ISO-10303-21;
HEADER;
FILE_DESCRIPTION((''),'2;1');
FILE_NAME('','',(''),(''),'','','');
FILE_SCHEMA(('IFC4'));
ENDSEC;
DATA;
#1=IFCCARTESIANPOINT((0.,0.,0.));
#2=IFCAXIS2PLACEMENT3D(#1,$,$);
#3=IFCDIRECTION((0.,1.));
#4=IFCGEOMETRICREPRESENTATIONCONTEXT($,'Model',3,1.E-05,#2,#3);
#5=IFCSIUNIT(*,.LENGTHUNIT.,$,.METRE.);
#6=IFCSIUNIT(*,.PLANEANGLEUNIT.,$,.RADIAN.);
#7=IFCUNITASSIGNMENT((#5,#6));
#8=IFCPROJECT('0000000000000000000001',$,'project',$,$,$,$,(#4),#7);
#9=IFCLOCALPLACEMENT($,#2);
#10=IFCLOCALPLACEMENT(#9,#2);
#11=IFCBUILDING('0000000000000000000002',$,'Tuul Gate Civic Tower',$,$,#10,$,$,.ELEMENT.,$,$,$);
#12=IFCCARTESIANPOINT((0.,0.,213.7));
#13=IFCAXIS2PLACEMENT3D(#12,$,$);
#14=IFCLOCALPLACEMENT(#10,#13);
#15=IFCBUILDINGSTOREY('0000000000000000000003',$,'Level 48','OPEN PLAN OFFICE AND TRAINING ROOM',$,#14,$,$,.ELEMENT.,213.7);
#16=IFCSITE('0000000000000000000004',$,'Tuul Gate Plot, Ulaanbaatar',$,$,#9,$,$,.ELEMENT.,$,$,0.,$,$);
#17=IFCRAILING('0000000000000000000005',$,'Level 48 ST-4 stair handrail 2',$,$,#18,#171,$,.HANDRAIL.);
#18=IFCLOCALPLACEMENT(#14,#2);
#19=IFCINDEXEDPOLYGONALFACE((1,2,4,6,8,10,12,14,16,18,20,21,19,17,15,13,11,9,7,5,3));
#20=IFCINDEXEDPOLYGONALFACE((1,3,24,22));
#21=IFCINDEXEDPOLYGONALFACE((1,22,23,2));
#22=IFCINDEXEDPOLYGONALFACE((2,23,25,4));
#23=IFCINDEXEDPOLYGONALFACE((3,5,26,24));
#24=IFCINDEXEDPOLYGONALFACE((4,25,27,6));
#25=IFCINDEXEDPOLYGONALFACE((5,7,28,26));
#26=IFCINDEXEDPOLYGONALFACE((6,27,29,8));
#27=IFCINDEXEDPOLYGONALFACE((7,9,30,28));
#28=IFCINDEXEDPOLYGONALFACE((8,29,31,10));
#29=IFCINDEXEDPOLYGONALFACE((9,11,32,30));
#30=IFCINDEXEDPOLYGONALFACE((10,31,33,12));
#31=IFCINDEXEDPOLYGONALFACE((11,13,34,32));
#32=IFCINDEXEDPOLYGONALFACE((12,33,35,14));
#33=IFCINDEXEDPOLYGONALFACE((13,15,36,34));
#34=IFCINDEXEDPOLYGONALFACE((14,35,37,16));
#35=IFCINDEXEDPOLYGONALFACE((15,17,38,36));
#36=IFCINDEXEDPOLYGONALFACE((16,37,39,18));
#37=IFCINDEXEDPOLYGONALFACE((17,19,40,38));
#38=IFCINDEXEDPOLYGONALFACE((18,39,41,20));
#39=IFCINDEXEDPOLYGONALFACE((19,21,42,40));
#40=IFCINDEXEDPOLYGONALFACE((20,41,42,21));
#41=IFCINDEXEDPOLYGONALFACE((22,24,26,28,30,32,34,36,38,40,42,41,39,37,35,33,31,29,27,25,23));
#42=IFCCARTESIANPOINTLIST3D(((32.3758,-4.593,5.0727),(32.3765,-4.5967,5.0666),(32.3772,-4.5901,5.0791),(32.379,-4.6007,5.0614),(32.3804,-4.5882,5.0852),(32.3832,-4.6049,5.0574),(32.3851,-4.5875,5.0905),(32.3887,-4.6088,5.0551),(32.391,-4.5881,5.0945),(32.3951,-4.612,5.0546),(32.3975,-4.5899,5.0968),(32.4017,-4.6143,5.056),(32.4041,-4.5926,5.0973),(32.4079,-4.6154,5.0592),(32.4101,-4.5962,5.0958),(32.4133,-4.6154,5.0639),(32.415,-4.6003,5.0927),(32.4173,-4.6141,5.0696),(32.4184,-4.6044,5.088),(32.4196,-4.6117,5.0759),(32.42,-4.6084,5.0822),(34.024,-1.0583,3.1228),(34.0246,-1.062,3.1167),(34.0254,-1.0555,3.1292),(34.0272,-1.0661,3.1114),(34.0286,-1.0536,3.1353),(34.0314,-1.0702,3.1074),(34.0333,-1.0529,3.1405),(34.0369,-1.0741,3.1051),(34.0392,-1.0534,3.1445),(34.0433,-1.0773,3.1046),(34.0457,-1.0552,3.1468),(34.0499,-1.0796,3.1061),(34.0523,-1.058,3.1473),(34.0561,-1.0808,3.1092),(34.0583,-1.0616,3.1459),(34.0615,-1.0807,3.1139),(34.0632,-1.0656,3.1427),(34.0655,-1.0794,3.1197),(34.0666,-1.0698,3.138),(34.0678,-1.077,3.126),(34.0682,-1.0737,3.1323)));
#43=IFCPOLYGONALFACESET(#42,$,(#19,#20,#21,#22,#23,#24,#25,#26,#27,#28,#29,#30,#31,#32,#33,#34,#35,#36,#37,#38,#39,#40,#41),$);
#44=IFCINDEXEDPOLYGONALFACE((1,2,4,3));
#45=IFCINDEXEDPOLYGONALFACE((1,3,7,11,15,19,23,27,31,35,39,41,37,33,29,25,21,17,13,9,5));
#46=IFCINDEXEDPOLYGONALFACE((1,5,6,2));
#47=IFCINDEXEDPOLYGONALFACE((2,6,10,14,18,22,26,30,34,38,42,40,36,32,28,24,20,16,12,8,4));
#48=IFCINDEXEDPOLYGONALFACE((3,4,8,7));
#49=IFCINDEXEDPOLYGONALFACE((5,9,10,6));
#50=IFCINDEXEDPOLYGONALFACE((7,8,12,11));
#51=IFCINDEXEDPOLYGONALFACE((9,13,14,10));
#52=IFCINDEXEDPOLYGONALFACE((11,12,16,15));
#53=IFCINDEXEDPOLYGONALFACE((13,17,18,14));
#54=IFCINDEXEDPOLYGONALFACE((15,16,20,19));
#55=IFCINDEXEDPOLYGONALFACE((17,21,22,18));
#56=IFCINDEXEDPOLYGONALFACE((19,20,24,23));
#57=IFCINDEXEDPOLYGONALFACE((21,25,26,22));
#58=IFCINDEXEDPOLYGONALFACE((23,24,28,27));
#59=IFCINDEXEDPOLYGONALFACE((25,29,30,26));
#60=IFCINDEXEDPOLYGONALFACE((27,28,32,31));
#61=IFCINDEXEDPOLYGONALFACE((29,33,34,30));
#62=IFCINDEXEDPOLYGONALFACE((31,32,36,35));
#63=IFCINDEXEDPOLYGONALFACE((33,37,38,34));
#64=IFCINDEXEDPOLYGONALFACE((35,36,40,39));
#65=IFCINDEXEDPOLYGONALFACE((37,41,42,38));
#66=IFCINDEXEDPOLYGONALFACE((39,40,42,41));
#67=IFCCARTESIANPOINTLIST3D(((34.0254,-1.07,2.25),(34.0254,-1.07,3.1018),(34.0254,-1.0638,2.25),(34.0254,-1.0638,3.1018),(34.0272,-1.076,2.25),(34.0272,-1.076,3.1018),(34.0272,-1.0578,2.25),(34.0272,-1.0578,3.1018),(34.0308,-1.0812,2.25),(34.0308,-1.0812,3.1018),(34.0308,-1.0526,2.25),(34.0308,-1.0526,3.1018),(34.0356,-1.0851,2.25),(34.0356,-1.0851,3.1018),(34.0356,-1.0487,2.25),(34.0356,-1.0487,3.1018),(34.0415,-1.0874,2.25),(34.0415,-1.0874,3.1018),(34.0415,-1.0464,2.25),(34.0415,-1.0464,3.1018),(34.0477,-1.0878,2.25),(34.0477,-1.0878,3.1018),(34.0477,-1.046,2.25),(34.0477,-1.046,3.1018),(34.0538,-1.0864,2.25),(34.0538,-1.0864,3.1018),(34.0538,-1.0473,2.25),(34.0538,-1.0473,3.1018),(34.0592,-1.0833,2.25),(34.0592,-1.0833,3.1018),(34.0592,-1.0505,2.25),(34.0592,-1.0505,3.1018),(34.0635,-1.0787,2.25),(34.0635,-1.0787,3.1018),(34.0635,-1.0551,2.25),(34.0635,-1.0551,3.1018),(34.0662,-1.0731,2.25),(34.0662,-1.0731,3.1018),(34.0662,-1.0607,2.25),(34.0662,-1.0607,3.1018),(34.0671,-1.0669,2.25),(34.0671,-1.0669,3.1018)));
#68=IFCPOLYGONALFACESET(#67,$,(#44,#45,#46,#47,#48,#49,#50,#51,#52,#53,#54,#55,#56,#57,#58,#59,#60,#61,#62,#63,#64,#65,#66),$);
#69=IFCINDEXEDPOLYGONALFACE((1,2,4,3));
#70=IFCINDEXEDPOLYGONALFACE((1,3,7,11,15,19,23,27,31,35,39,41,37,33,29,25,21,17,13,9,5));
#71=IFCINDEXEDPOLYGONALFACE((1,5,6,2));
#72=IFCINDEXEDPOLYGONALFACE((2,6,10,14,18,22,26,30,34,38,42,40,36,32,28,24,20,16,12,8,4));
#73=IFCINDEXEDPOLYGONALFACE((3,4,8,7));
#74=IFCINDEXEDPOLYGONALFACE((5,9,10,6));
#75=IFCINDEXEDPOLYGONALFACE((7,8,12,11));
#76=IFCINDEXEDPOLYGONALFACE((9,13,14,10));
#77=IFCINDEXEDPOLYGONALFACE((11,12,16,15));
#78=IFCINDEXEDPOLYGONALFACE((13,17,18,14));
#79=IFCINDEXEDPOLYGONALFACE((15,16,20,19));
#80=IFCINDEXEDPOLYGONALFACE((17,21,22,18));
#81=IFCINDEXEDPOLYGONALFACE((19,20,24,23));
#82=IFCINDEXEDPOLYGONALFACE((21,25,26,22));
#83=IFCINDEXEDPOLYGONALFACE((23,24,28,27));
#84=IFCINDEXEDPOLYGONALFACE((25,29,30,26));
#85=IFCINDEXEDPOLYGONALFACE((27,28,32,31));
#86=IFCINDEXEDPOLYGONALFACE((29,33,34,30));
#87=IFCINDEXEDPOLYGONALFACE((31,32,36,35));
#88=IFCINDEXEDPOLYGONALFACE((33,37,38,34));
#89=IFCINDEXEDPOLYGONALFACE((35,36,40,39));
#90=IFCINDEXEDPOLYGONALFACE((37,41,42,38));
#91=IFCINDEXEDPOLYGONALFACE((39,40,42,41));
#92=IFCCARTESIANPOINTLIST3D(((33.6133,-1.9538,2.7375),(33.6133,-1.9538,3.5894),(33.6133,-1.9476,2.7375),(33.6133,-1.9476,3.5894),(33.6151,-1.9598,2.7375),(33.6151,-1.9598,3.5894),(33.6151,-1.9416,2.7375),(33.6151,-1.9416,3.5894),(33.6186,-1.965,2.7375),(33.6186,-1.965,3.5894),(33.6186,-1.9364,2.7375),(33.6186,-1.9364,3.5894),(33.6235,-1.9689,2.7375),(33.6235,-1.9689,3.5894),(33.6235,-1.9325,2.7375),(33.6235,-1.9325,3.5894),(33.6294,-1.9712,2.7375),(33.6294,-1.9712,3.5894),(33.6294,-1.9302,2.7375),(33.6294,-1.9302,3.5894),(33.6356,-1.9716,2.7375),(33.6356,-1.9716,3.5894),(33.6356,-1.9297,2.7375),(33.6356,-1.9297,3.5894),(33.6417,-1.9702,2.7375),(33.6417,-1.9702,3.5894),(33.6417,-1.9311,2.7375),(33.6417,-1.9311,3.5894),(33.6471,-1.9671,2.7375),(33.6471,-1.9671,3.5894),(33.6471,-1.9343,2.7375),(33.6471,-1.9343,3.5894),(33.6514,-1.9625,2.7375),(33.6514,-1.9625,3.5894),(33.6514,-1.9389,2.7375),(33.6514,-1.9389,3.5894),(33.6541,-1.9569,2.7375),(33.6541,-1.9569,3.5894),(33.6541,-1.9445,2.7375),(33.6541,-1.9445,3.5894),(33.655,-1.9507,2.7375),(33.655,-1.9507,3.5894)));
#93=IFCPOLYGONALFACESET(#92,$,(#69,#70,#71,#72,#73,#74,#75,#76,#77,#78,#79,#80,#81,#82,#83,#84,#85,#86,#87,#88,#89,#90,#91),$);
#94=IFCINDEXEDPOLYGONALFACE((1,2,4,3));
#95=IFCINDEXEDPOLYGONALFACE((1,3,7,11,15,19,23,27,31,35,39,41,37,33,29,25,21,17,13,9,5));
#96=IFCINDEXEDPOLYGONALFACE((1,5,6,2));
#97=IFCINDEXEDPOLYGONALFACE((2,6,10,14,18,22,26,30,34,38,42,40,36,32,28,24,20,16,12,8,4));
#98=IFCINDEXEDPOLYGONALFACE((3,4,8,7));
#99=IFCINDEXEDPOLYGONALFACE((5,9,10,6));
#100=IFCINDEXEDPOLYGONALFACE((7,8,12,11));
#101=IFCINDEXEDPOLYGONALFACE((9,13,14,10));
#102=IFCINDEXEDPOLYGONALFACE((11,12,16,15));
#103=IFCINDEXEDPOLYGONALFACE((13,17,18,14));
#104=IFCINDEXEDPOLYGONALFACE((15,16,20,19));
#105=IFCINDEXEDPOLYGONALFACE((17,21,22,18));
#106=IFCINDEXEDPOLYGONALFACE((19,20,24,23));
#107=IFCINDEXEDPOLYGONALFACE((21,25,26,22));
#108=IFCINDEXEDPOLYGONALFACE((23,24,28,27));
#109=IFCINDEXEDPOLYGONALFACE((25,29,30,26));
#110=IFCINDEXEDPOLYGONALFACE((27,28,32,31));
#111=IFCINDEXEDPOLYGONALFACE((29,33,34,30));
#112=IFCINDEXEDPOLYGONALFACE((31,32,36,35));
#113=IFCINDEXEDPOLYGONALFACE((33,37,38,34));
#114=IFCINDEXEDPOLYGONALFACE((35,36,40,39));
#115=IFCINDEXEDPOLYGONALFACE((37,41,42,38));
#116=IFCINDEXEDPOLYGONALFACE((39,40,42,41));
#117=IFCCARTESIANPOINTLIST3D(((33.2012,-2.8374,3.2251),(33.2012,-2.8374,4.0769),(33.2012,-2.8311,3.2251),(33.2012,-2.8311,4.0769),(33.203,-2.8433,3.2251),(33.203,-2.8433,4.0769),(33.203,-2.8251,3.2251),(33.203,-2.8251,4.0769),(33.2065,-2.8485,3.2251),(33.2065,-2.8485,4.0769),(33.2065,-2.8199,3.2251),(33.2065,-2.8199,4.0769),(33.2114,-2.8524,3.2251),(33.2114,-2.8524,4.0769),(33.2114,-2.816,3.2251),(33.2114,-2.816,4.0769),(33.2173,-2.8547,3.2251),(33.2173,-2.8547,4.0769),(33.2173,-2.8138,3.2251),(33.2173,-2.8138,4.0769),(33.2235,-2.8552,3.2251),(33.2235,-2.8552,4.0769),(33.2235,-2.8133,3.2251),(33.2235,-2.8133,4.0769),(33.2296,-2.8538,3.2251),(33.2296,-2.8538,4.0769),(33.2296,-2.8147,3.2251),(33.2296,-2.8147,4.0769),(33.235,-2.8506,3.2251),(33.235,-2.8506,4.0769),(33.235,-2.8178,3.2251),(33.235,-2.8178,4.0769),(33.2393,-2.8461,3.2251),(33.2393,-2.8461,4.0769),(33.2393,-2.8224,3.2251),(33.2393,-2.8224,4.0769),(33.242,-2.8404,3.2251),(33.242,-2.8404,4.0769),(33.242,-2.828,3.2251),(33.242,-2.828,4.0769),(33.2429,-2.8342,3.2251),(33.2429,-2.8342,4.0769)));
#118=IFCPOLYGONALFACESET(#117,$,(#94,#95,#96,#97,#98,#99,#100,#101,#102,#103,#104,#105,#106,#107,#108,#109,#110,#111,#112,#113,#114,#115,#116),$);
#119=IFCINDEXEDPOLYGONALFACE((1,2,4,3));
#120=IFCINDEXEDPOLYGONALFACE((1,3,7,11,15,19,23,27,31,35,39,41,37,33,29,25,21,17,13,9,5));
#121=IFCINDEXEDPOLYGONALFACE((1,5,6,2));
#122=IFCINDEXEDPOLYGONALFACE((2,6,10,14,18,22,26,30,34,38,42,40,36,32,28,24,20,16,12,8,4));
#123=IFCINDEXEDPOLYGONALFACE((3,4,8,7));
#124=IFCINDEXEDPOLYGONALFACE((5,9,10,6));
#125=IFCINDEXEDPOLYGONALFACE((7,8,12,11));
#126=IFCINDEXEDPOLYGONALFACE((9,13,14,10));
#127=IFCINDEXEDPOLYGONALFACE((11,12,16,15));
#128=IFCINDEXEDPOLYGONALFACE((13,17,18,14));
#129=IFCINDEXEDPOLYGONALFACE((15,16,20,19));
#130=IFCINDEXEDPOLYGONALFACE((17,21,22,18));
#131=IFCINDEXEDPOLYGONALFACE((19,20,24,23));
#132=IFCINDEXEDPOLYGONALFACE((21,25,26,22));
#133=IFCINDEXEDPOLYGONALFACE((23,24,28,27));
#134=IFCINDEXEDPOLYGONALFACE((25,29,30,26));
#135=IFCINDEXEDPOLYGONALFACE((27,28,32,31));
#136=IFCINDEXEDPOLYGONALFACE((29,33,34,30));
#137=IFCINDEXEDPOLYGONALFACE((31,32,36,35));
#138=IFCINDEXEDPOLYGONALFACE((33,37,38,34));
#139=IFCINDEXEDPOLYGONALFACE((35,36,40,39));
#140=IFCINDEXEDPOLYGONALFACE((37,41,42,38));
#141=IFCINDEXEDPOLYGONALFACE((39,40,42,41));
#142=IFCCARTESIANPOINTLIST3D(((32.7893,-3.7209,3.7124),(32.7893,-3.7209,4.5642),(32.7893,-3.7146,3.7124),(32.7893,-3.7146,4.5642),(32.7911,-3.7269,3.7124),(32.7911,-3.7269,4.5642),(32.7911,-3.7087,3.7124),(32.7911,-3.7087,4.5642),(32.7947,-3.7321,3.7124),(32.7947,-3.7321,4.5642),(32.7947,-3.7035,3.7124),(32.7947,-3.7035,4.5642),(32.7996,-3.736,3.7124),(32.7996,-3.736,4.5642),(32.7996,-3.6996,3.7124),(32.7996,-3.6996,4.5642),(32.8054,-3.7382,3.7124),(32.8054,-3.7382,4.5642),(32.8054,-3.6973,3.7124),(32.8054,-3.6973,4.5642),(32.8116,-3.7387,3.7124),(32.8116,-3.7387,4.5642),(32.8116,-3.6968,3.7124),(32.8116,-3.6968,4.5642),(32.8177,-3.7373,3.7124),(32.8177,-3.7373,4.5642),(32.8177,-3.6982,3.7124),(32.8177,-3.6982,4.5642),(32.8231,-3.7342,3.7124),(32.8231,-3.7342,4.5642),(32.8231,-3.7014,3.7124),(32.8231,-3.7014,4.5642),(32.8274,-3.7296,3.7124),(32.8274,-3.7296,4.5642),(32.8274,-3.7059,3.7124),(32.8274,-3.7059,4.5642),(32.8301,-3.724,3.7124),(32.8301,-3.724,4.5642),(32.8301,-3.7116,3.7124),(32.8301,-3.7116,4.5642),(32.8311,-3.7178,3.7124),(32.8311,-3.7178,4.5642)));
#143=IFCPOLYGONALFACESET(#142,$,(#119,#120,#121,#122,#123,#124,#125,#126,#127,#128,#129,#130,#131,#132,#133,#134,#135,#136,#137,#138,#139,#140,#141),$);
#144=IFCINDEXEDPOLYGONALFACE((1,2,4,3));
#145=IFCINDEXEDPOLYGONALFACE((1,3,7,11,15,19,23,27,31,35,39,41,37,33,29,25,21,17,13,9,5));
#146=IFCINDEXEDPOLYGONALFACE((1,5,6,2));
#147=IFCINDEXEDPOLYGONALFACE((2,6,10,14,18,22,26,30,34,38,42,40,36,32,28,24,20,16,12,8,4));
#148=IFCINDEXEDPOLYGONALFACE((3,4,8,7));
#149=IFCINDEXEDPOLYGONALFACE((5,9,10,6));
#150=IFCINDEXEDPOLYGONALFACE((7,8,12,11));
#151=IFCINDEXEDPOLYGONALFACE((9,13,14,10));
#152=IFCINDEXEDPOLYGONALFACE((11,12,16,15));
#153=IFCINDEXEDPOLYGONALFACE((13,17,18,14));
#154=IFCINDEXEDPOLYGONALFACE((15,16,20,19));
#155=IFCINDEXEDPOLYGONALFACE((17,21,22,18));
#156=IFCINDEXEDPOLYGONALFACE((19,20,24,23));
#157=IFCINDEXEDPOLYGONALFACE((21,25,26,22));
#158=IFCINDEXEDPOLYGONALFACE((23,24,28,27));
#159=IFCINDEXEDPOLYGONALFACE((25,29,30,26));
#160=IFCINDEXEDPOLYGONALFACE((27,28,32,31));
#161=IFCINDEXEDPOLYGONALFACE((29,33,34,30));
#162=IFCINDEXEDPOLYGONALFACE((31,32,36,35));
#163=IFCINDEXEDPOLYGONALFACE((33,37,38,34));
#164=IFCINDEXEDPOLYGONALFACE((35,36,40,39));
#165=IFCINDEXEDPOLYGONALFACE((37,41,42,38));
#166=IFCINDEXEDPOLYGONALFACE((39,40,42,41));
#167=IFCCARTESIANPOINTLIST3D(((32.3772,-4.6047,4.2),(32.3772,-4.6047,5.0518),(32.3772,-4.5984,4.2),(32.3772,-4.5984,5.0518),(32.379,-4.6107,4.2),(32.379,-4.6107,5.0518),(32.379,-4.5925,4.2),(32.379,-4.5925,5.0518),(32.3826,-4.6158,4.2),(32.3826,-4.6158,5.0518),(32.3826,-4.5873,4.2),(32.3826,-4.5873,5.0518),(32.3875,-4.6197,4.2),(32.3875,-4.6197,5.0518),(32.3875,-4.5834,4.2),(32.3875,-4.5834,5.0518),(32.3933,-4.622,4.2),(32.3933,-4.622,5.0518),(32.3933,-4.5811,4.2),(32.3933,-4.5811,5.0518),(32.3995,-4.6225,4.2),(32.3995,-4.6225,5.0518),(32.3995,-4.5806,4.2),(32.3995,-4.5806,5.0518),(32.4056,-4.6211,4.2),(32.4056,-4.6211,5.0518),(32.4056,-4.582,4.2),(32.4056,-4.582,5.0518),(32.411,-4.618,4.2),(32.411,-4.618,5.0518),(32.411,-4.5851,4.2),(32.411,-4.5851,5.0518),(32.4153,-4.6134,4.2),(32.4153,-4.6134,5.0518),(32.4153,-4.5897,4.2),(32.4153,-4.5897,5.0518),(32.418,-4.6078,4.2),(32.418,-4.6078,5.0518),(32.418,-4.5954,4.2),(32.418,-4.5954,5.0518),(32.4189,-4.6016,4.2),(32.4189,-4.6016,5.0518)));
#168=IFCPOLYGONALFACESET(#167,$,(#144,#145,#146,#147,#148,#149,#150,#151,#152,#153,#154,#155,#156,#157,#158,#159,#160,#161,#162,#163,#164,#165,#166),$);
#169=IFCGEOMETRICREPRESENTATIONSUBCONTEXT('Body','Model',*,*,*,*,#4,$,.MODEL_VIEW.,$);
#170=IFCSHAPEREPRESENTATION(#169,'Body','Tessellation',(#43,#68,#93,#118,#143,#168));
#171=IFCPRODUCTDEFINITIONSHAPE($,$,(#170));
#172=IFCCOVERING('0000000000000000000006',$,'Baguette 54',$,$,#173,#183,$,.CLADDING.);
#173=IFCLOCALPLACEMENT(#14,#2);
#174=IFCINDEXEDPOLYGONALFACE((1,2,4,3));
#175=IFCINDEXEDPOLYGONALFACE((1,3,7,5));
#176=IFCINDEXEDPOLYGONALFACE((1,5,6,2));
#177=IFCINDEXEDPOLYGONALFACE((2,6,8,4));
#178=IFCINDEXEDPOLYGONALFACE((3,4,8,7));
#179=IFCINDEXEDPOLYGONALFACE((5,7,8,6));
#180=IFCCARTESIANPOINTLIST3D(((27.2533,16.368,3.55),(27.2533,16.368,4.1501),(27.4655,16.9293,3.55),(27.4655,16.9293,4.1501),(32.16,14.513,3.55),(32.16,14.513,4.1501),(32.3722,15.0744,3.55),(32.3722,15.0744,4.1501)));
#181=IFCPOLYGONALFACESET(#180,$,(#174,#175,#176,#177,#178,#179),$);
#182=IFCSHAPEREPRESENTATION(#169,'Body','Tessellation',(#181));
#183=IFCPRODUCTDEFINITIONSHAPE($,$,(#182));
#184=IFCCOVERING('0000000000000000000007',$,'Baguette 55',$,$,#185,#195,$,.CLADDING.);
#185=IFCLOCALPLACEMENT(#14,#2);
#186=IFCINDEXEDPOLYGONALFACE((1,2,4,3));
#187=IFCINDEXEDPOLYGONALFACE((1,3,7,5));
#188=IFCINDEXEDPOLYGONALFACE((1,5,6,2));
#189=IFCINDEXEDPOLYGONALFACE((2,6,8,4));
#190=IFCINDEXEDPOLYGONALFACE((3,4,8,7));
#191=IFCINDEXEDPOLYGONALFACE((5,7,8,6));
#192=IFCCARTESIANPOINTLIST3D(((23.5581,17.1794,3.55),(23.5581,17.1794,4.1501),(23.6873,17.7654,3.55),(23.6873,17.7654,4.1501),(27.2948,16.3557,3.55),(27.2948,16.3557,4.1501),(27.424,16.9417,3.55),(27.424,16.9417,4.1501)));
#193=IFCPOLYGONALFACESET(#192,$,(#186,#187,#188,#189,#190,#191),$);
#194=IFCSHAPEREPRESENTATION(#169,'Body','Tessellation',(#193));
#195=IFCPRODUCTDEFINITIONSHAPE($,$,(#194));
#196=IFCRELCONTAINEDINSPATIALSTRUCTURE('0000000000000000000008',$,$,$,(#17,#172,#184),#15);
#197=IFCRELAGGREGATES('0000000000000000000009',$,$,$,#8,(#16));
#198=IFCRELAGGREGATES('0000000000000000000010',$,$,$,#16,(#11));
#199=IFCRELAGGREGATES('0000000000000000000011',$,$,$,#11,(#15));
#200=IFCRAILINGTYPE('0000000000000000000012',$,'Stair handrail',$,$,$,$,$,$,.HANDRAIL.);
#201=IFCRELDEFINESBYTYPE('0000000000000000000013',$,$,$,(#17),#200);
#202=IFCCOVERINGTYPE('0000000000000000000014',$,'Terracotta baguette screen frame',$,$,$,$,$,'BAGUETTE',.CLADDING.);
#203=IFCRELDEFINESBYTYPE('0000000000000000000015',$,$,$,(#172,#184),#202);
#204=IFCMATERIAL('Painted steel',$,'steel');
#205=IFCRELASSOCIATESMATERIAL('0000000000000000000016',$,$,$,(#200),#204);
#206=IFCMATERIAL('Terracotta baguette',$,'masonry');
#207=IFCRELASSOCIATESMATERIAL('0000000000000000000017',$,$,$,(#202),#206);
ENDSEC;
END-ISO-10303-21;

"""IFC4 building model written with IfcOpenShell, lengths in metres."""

from ifc_helpers import new_model, si_unit, direction, frame, origin, origin_2d, place, context, subcontext, project, spatial, rectangle, circle, extrude, material, material_profile, profile_set, type_object, element, save


model = new_model("IFC4")

# Units and contexts
model_context = context("Model", 3, precision=1e-05, world=origin(), true_north=direction((0.0, 1.0)))
body_context = subcontext(model_context, "Body", "Model", "MODEL_VIEW")
ifc_project = project(units=[si_unit("LENGTHUNIT", "METRE"), si_unit("PLANEANGLEUNIT", "RADIAN")], contexts=[model_context])

# Site, building, storey
site_placement = place(None, origin())
site = spatial("IfcSite", under=ifc_project, at=site_placement, Name="Tuul Gate Plot, Ulaanbaatar", CompositionType="ELEMENT", RefElevation=0.0)
building_placement = place(site_placement, origin())
building = spatial("IfcBuilding", under=site, at=building_placement, Name="Tuul Gate Civic Tower", CompositionType="ELEMENT")
storey_placement = place(building_placement, frame((0.0, 0.0, 213.7)))
storey = spatial("IfcBuildingStorey", under=building, at=storey_placement, Name="Level 48", Description="OPEN PLAN OFFICE AND TRAINING ROOM", CompositionType="ELEMENT", Elevation=213.7)

# Railing
ifc_material_1 = material(Name="Painted steel", Category="steel")
railing_type = type_object("IfcRailingType", Name="Stair handrail", PredefinedType="HANDRAIL", material=ifc_material_1)
railing_placement = place(storey_placement, frame((34.0461, -1.0669, 2.25)))
element("IfcRailing", 1, at=railing_placement, inside=storey, type_object=railing_type, Name="Level 48 ST-4 stair handrail 2", PredefinedType="HANDRAIL", context=body_context, shape_type="SweptSolid", body=[
    extrude(circle(Radius=0.0239, at=origin_2d()), frame((0.0, 0.0, 0.876), z_axis=(-0.377995, -0.810637, 0.4472), x_axis=(0.906313, -0.422608, 0.0)), (0.0, 0.0, 1.0), 4.3604),
    extrude(circle(Radius=0.021, at=origin_2d()), origin(), (0.0, 0.0, 1.0), 0.8518),
    extrude(circle(Radius=0.021, at=origin_2d()), frame((-0.4121, -0.8838, 0.4875)), (0.0, 0.0, 1.0), 0.8518),
    extrude(circle(Radius=0.021, at=origin_2d()), frame((-0.8242, -1.7673, 0.9751)), (0.0, 0.0, 1.0), 0.8518),
    extrude(circle(Radius=0.021, at=origin_2d()), frame((-1.2361, -2.6509, 1.4624)), (0.0, 0.0, 1.0), 0.8518),
    extrude(circle(Radius=0.021, at=origin_2d()), frame((-1.6482, -3.5347, 1.95)), (0.0, 0.0, 1.0), 0.8518),
])

# Coverings
ifc_material_2 = material(Name="Terracotta baguette", Category="masonry")
ifc_material_profile_1 = material_profile(ifc_material_2, rectangle(XDim=0.6001, YDim=0.6001, at=origin_2d()), Name="Terracotta baguette screen frame")
ifc_profile_set_1 = profile_set([ifc_material_profile_1], Name="Terracotta baguette")
covering_type = type_object("IfcCoveringType", Name="Terracotta baguette screen frame", ElementType="BAGUETTE", PredefinedType="CLADDING", material=ifc_profile_set_1)
covering_1_placement = place(storey_placement, frame((32.2661, 14.7937, 3.8501), z_axis=(-0.935389, 0.353621, 0.0), x_axis=(-0.353621, -0.935389, 0.0)))
element("IfcCovering", 2, at=covering_1_placement, inside=storey, type_object=covering_type, Name="Baguette 54", PredefinedType="CLADDING", context=body_context, shape_type="SweptSolid", body=[
    extrude(rectangle(XDim=0.6001, YDim=0.6001, at=origin_2d()), origin(), (0.0, 0.0, 1.0), 5.2456),
])
covering_2_placement = place(storey_placement, frame((27.3594, 16.6487, 3.8501), z_axis=(-0.976555, 0.215268, 0.0), x_axis=(-0.215268, -0.976555, 0.0)))
element("IfcCovering", 3, at=covering_2_placement, inside=storey, type_object=covering_type, Name="Baguette 55", PredefinedType="CLADDING", context=body_context, shape_type="SweptSolid", body=[
    extrude(rectangle(XDim=0.6001, YDim=0.6001, at=origin_2d()), origin(), (0.0, 0.0, 1.0), 3.8264),
])

save(model, "model.ifc")
